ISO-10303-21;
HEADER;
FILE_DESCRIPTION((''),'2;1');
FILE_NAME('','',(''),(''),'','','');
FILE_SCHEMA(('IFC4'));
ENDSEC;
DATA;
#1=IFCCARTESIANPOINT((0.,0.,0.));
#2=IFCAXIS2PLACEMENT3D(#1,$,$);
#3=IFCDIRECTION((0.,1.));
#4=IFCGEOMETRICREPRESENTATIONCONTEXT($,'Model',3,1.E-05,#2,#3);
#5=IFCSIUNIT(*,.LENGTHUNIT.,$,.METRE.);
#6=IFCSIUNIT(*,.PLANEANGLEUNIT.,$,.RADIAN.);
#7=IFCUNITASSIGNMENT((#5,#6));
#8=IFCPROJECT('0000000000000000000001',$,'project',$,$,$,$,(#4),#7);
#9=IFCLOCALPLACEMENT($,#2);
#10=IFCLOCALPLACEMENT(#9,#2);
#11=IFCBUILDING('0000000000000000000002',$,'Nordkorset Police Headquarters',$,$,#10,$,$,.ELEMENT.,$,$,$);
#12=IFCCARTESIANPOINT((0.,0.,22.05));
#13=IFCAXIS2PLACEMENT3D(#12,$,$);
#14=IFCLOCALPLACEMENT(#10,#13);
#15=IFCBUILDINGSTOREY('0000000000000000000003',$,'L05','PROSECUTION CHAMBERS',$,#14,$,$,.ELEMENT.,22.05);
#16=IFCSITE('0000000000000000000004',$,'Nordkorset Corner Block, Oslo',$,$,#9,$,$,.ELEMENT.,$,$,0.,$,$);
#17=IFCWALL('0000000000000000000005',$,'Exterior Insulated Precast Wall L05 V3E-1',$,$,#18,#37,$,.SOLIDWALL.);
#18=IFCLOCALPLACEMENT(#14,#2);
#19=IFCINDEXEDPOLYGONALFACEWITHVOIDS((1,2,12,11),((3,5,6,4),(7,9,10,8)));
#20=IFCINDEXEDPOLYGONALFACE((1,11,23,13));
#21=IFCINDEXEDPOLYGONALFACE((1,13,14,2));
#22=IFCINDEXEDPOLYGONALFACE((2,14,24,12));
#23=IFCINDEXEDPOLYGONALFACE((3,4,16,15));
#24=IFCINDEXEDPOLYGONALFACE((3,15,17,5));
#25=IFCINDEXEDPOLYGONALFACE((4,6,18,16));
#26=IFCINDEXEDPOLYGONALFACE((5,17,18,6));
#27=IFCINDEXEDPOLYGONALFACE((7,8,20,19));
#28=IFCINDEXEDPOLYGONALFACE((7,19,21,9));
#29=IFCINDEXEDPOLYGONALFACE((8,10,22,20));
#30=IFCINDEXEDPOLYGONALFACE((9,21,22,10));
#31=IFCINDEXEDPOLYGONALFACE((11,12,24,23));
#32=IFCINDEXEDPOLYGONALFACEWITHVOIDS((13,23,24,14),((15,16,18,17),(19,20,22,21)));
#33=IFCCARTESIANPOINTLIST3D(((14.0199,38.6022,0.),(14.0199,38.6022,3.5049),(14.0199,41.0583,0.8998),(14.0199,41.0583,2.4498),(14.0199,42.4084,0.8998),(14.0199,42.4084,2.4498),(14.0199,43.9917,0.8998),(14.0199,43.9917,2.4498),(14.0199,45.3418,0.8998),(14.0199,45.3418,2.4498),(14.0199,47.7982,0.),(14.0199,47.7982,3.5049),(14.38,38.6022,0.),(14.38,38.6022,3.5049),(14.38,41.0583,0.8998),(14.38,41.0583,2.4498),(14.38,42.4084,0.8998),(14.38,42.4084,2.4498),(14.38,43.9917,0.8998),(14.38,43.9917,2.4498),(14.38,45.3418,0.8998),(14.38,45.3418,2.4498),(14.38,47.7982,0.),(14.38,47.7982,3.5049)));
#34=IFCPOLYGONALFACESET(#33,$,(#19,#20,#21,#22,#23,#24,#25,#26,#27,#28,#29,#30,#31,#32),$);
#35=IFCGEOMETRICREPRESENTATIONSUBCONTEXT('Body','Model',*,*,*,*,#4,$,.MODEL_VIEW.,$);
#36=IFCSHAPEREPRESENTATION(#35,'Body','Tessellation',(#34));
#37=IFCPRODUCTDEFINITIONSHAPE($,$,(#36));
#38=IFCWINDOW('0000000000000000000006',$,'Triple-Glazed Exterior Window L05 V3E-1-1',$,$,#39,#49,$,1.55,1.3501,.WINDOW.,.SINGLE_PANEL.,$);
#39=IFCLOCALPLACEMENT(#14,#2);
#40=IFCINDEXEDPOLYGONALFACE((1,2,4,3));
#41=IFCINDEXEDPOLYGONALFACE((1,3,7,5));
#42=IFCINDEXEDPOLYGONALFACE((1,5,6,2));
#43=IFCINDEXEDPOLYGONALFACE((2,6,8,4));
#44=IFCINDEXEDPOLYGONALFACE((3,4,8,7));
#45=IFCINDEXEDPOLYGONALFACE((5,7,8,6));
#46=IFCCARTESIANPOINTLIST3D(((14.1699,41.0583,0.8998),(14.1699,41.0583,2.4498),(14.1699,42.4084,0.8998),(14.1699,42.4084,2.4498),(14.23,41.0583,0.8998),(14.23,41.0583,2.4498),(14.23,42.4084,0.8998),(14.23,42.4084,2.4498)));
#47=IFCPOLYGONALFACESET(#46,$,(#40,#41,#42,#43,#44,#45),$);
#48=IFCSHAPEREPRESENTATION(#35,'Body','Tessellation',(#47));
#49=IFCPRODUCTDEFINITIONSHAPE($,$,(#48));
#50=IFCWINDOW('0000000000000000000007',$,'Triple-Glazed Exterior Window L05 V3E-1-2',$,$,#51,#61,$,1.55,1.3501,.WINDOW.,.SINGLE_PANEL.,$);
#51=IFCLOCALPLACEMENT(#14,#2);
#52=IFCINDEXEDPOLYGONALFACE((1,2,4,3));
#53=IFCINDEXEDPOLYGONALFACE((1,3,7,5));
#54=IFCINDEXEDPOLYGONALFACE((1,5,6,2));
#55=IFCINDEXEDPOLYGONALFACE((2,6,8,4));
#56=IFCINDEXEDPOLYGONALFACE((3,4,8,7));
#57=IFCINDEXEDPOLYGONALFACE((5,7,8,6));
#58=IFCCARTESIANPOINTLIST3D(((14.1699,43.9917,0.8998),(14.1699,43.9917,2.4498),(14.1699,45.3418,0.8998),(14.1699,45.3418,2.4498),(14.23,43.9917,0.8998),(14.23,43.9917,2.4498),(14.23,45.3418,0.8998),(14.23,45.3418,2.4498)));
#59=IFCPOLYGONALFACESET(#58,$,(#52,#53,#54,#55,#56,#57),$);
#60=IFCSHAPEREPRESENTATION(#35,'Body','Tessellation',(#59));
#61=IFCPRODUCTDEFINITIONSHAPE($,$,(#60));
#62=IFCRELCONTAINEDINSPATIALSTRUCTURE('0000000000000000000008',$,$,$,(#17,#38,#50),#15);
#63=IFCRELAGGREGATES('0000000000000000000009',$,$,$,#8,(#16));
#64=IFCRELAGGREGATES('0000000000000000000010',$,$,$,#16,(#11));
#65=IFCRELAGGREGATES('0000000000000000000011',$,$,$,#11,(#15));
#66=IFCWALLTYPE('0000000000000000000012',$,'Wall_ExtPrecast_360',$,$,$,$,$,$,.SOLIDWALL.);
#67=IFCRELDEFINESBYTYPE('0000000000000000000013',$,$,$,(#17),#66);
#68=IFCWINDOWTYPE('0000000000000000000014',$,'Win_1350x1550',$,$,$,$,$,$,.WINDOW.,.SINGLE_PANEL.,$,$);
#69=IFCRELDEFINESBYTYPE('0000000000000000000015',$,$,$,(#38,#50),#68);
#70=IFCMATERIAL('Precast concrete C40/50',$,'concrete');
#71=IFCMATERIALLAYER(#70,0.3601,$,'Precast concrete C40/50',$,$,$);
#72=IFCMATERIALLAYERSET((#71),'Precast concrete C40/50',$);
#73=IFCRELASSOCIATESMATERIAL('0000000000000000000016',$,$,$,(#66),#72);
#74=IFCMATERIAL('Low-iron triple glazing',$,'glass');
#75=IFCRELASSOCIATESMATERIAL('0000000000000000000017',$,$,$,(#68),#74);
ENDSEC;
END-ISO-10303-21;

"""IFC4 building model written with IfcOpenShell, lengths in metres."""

from ifc_helpers import new_model, si_unit, direction, frame, frame_2d, origin, place, context, subcontext, project, spatial, rectangle, extrude, material, layer, layer_set, type_object, element, fill, save


model = new_model("IFC4")

# Units and contexts
model_context = context("Model", 3, precision=1e-05, world=origin(), true_north=direction((0.0, 1.0)))
body_context = subcontext(model_context, "Body", "Model", "MODEL_VIEW")
ifc_project = project(units=[si_unit("LENGTHUNIT", "METRE"), si_unit("PLANEANGLEUNIT", "RADIAN")], contexts=[model_context])

# Site, building, storey
site_placement = place(None, origin())
site = spatial("IfcSite", under=ifc_project, at=site_placement, Name="Nordkorset Corner Block, Oslo", CompositionType="ELEMENT", RefElevation=0.0)
building_placement = place(site_placement, origin())
building = spatial("IfcBuilding", under=site, at=building_placement, Name="Nordkorset Police Headquarters", CompositionType="ELEMENT")
storey_placement = place(building_placement, frame((0.0, 0.0, 22.05)))
storey = spatial("IfcBuildingStorey", under=building, at=storey_placement, Name="L05", Description="PROSECUTION CHAMBERS", CompositionType="ELEMENT", Elevation=22.05)

# Wall, openings, windows
ifc_material_1 = material(Name="Precast concrete C40/50", Category="concrete")
ifc_layer_1 = layer(ifc_material_1, 0.3601, Name="Precast concrete C40/50")
ifc_layer_set_1 = layer_set([ifc_layer_1], Name="Precast concrete C40/50")
wall_type = type_object("IfcWallType", Name="Wall_ExtPrecast_360", PredefinedType="SOLIDWALL", material=ifc_layer_set_1)
wall_placement = place(storey_placement, frame((14.2, 38.6021, 0.0), z_axis=(0.0, 0.0, 1.0), x_axis=(0.0, 1.0, 0.0)))
wall = element("IfcWall", 1, at=wall_placement, inside=storey, type_object=wall_type, Name="Exterior Insulated Precast Wall L05 V3E-1", PredefinedType="SOLIDWALL", context=body_context, shape_type="SweptSolid", body=[
    extrude(rectangle(XDim=9.196, YDim=0.3601, at=frame_2d((4.5981, 0.0))), origin(), (0.0, 0.0, 1.0), 3.5049),
])
opening_1_placement = place(wall_placement, frame((2.4563, 0.0, 0.8999)))
opening_1 = element("IfcOpeningElement", 2, at=opening_1_placement, cuts=wall, PredefinedType="OPENING", context=body_context, shape_type="SweptSolid", body=[
    extrude(rectangle(XDim=1.3501, YDim=1.55, at=frame_2d((0.675, 0.7749))), frame((0.0, 0.1899, 0.0), z_axis=(0.0, -1.0, 0.0), x_axis=(1.0, 0.0, 0.0)), (0.0, 0.0, 1.0), 0.3801),
])
opening_2_placement = place(wall_placement, frame((5.3896, 0.0, 0.8999)))
opening_2 = element("IfcOpeningElement", 3, at=opening_2_placement, cuts=wall, PredefinedType="OPENING", context=body_context, shape_type="SweptSolid", body=[
    extrude(rectangle(XDim=1.3501, YDim=1.55, at=frame_2d((0.675, 0.7749))), frame((0.0, 0.1899, 0.0), z_axis=(0.0, -1.0, 0.0), x_axis=(1.0, 0.0, 0.0)), (0.0, 0.0, 1.0), 0.3801),
])
ifc_material_2 = material(Name="Low-iron triple glazing", Category="glass")
window_type = type_object("IfcWindowType", Name="Win_1350x1550", PartitioningType="SINGLE_PANEL", PredefinedType="WINDOW", material=ifc_material_2)
window_1_placement = place(opening_1_placement, origin())
window_1 = element("IfcWindow", 4, at=window_1_placement, inside=storey, type_object=window_type, Name="Triple-Glazed Exterior Window L05 V3E-1-1", OverallHeight=1.55, OverallWidth=1.3501, PartitioningType="SINGLE_PANEL", PredefinedType="WINDOW", context=body_context, shape_type="SweptSolid", body=[
    extrude(rectangle(XDim=1.3501, YDim=1.55, at=frame_2d((0.675, 0.7749))), frame((0.0, 0.03, 0.0), z_axis=(0.0, -1.0, 0.0), x_axis=(1.0, 0.0, 0.0)), (0.0, 0.0, 1.0), 0.0601),
])
fill(opening_1, window_1)
window_2_placement = place(opening_2_placement, origin())
window_2 = element("IfcWindow", 5, at=window_2_placement, inside=storey, type_object=window_type, Name="Triple-Glazed Exterior Window L05 V3E-1-2", OverallHeight=1.55, OverallWidth=1.3501, PartitioningType="SINGLE_PANEL", PredefinedType="WINDOW", context=body_context, shape_type="SweptSolid", body=[
    extrude(rectangle(XDim=1.3501, YDim=1.55, at=frame_2d((0.675, 0.7749))), frame((0.0, 0.03, 0.0), z_axis=(0.0, -1.0, 0.0), x_axis=(1.0, 0.0, 0.0)), (0.0, 0.0, 1.0), 0.0601),
])
fill(opening_2, window_2)

save(model, "model.ifc")
